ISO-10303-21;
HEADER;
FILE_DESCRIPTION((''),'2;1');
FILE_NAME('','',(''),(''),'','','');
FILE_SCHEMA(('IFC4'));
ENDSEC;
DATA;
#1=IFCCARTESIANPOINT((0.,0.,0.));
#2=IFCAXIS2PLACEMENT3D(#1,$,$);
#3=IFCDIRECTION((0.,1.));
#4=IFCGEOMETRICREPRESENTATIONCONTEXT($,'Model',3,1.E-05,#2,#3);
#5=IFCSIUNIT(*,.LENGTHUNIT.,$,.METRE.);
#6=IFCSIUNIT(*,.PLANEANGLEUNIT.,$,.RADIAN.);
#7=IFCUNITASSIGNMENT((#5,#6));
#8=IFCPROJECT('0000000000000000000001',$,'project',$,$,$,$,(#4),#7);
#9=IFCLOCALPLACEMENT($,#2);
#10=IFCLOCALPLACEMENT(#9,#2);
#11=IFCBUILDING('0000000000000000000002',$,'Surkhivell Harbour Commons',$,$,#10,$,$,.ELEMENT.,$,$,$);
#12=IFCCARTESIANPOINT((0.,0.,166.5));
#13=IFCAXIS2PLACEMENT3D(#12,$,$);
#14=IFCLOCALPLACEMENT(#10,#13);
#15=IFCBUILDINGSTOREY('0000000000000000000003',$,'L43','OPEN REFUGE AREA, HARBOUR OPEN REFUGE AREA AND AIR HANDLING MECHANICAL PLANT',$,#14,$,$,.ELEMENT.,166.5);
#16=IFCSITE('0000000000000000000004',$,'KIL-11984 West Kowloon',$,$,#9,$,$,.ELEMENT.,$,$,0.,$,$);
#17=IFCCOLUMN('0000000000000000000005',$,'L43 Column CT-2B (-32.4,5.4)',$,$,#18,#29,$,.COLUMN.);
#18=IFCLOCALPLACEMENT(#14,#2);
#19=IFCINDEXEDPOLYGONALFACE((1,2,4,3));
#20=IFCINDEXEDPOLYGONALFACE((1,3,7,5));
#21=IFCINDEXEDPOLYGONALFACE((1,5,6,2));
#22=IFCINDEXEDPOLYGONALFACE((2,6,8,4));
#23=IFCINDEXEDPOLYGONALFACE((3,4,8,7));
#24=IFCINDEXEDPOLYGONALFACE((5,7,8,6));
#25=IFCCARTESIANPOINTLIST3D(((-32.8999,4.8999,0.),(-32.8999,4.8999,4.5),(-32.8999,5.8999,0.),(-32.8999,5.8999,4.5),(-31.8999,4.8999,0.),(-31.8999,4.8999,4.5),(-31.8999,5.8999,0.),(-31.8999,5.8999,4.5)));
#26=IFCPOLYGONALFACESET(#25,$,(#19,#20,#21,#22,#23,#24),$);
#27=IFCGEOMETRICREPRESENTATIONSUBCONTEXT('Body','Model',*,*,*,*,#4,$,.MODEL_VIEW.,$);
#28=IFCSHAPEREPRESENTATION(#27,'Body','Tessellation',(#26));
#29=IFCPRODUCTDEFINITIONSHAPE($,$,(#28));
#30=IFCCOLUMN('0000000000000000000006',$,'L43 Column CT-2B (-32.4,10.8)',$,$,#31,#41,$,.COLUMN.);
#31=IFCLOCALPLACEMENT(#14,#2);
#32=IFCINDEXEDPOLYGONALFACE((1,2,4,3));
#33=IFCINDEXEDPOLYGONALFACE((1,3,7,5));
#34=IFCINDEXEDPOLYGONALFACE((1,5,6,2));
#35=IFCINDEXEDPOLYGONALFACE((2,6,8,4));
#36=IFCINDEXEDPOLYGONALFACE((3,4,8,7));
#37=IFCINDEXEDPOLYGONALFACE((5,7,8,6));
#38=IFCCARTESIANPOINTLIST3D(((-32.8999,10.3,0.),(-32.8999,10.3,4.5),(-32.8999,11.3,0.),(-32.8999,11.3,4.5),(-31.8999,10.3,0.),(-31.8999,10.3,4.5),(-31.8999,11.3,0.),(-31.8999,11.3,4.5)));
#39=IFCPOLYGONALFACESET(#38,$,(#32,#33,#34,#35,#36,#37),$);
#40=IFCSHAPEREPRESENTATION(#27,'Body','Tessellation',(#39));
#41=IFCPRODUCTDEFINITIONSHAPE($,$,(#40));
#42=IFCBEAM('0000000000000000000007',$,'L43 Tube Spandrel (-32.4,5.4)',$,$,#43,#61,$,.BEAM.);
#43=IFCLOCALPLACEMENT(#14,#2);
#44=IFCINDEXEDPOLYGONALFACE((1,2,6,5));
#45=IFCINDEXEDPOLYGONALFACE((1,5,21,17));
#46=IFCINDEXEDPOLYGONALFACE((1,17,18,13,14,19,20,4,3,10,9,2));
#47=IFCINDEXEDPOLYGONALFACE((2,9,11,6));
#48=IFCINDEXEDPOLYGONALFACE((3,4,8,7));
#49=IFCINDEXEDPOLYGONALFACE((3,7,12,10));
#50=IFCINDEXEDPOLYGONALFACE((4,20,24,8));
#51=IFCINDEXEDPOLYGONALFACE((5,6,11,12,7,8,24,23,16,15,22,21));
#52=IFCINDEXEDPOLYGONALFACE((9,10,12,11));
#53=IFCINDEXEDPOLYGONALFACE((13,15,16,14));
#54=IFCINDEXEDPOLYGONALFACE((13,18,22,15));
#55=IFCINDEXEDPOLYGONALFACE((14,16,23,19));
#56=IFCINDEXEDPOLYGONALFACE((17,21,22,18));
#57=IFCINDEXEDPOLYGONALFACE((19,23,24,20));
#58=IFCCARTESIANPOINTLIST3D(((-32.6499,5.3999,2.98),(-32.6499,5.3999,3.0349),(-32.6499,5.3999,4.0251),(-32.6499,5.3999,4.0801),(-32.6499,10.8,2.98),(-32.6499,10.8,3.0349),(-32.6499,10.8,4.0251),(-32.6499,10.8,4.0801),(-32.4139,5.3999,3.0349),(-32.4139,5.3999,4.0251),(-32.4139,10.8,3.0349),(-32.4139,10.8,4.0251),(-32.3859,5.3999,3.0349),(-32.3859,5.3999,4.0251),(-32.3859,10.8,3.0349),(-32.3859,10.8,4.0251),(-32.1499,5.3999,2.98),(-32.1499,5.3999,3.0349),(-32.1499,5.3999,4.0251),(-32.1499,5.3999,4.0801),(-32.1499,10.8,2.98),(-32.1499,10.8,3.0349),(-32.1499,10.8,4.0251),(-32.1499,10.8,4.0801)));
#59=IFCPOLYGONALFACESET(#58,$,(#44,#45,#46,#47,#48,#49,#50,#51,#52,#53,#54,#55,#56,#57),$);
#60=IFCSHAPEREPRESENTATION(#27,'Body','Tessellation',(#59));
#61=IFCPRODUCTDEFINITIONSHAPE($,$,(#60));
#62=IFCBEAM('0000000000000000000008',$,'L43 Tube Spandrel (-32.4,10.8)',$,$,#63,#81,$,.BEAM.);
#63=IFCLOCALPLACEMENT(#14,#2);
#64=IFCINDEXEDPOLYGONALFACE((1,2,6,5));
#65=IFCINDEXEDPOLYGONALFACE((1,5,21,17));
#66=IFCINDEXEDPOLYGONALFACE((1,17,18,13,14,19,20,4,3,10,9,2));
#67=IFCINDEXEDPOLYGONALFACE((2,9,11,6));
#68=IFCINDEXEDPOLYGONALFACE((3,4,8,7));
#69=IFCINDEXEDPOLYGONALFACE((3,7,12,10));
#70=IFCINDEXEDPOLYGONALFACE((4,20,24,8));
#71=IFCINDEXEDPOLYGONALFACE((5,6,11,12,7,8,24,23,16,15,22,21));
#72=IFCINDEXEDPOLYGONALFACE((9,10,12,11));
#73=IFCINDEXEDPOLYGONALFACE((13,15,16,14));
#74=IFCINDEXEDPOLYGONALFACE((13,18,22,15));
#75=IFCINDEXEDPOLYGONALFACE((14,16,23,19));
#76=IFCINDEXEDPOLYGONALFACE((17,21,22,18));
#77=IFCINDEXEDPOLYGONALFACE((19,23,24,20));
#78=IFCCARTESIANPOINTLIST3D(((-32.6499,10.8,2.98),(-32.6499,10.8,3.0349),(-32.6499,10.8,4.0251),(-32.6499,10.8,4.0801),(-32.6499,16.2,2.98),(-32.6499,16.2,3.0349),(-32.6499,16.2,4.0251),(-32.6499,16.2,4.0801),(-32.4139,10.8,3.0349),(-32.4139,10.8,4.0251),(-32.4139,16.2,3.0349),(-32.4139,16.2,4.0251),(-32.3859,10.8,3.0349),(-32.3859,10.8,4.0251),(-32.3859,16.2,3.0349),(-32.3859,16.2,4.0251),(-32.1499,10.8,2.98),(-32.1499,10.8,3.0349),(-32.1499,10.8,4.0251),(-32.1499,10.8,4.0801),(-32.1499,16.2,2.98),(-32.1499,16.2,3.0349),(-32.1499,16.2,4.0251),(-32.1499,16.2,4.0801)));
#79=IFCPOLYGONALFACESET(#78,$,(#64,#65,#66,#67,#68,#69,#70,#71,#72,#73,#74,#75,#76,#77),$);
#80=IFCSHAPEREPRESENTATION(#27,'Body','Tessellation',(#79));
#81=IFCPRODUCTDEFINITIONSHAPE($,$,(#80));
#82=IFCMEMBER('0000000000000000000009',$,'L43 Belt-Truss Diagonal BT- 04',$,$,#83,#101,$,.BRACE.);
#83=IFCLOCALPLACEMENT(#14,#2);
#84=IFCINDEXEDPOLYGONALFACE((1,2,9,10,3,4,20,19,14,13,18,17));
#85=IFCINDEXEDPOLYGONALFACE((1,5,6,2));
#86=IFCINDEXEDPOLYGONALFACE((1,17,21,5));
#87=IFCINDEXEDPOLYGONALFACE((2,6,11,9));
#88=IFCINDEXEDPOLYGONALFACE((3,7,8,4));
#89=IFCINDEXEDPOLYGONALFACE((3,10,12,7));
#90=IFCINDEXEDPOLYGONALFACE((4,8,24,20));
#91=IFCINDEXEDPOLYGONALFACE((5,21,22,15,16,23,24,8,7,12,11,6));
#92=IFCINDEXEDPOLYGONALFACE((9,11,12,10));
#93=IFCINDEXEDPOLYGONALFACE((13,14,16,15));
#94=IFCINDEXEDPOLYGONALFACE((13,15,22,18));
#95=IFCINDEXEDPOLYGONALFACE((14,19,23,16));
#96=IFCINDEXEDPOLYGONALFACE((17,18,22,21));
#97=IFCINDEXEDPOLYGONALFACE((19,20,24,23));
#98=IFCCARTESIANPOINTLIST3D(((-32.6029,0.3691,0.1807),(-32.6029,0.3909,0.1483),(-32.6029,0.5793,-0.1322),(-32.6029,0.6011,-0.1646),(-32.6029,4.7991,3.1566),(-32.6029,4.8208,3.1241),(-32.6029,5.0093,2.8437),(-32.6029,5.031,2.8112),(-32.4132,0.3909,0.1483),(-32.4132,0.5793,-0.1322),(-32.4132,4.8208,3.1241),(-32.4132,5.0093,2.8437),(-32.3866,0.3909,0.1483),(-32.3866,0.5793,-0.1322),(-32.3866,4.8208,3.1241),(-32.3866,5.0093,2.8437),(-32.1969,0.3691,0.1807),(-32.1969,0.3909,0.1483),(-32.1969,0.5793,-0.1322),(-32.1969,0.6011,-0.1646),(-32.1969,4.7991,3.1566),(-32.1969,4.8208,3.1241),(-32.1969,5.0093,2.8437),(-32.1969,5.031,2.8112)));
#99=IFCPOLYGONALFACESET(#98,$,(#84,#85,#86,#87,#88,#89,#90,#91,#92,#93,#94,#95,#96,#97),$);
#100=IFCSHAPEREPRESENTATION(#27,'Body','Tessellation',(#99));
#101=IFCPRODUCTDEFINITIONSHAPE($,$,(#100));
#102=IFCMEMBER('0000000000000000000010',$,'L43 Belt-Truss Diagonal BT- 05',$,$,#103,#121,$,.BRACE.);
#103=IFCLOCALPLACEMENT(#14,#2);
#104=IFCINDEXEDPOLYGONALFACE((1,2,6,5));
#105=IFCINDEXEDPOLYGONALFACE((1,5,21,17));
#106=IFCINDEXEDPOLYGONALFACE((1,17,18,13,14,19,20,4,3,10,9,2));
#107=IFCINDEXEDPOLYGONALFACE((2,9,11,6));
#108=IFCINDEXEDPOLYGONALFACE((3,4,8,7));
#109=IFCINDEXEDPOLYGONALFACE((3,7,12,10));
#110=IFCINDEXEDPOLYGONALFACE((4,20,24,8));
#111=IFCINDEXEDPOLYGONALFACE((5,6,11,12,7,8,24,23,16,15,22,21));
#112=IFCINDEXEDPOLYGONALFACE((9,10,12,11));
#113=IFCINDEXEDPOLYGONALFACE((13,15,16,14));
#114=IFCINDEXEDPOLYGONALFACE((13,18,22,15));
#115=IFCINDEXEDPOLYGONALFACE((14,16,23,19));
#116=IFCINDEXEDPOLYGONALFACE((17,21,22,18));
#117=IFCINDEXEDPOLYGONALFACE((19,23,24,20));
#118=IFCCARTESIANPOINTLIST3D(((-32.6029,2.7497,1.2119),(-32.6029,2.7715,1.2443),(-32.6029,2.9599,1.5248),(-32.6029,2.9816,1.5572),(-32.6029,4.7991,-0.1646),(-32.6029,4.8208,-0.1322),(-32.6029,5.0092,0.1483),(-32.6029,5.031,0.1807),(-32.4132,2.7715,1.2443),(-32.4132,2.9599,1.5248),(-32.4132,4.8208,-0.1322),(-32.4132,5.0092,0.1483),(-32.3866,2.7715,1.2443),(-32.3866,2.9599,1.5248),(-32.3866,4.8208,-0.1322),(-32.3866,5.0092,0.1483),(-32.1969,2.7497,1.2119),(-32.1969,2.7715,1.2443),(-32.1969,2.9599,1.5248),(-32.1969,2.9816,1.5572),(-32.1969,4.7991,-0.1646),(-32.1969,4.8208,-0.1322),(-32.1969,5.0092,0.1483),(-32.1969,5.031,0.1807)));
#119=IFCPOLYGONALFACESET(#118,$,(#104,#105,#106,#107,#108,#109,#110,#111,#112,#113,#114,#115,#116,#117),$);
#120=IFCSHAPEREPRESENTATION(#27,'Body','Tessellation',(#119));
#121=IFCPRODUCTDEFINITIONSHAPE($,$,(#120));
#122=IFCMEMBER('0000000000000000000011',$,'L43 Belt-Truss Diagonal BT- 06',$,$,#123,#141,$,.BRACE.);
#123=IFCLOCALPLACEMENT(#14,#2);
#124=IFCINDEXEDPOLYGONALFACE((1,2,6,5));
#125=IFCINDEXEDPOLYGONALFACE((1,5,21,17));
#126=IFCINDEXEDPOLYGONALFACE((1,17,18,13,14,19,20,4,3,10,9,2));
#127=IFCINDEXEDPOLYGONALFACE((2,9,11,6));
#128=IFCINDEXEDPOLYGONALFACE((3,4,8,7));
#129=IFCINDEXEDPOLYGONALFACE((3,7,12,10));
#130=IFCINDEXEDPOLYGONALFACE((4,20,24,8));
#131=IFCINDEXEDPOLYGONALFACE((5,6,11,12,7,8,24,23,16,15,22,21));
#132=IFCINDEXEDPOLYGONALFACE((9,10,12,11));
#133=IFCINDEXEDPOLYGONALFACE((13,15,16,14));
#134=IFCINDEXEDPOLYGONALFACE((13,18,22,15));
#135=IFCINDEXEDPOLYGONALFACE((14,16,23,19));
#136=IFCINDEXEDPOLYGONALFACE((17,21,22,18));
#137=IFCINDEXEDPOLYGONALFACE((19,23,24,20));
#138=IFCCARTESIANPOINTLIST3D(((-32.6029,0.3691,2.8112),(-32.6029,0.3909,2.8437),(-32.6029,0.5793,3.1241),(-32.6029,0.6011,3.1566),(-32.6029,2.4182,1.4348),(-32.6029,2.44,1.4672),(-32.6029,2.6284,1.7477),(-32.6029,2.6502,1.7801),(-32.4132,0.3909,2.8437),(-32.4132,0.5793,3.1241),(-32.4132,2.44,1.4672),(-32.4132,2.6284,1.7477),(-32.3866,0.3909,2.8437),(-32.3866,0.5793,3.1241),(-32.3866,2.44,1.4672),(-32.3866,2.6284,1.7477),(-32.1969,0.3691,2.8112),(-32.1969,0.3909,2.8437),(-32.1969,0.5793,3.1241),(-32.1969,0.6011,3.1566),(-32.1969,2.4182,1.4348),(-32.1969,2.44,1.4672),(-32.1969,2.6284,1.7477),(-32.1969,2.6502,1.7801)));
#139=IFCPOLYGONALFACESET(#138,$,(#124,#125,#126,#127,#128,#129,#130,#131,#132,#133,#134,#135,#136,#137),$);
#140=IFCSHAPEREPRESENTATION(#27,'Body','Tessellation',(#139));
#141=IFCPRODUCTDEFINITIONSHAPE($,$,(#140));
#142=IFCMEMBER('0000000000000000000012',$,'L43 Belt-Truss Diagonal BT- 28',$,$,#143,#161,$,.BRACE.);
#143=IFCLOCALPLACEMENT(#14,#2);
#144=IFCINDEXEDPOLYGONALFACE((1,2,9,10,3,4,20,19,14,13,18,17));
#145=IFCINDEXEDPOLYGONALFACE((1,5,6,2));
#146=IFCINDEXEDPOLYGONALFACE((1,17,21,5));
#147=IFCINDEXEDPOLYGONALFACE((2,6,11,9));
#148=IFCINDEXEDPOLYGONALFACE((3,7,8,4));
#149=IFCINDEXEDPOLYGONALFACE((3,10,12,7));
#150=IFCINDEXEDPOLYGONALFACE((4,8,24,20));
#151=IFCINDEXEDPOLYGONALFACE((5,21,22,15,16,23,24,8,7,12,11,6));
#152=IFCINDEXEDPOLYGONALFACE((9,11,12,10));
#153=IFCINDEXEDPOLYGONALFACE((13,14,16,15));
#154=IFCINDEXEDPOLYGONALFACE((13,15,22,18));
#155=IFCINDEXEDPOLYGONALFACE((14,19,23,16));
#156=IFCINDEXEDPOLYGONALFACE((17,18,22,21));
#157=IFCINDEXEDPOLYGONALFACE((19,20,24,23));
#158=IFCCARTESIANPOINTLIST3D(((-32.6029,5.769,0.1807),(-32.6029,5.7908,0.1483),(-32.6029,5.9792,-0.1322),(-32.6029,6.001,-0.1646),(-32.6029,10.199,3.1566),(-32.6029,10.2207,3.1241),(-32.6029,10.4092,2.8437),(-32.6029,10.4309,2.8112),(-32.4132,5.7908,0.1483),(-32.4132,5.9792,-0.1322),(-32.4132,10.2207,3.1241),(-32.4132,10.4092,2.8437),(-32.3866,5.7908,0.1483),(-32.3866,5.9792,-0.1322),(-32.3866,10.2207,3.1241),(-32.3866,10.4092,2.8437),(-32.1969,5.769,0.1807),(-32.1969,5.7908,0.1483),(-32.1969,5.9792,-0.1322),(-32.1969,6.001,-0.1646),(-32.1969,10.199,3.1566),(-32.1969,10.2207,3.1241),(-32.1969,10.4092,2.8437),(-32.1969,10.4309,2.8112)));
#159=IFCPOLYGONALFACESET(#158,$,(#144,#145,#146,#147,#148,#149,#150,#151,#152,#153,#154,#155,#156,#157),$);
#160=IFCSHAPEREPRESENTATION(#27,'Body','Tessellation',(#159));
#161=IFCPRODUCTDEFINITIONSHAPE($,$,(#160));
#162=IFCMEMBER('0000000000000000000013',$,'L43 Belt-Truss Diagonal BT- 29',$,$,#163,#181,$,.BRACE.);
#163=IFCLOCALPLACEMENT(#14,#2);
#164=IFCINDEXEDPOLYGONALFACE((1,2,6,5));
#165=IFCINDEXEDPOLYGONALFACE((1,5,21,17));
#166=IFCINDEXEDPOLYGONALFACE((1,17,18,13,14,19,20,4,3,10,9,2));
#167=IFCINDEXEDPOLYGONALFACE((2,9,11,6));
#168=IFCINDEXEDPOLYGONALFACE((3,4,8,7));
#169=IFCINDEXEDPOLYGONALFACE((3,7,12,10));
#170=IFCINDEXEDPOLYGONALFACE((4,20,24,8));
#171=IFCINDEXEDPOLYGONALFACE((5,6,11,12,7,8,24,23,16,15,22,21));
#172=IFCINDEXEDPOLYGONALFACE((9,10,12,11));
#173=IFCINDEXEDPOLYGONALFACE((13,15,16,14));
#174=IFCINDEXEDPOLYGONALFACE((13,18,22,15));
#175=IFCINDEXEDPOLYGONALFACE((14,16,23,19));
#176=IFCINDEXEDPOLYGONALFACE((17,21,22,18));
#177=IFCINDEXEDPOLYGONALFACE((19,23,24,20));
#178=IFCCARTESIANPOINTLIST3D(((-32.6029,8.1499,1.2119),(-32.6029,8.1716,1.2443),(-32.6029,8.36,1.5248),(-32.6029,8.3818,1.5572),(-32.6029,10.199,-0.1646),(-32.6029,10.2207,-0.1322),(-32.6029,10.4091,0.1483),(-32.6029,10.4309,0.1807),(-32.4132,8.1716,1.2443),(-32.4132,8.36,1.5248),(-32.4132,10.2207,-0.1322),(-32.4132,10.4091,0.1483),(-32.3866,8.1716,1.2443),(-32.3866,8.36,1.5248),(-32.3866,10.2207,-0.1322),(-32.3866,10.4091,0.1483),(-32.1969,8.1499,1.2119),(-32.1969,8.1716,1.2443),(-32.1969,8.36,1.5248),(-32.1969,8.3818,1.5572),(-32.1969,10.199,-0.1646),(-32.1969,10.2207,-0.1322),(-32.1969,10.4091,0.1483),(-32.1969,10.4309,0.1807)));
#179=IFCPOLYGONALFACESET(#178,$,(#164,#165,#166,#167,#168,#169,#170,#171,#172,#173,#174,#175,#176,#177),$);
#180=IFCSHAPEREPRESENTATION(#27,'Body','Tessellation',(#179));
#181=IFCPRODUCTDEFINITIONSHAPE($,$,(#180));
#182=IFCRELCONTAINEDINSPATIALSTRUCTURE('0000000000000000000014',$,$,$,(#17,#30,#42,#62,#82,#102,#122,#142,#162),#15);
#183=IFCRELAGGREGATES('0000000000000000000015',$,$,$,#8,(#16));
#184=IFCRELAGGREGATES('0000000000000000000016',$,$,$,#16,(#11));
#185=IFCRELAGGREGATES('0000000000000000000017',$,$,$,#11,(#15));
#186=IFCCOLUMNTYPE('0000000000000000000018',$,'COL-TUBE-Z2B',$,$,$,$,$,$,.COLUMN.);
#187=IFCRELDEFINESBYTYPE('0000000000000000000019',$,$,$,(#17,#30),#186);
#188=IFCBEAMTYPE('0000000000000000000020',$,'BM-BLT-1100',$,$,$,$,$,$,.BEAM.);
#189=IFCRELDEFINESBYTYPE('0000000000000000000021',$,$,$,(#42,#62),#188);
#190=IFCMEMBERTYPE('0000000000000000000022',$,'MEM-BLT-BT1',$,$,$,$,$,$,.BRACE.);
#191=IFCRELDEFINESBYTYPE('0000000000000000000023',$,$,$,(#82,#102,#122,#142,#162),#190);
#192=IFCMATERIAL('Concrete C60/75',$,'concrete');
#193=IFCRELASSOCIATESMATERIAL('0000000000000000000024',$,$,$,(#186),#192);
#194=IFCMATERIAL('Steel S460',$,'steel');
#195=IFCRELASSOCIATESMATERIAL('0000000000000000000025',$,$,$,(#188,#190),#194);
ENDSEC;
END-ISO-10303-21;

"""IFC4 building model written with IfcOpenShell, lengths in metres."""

from ifc_helpers import new_model, si_unit, direction, frame, origin, origin_2d, place, context, subcontext, project, spatial, rectangle, i_section, extrude, material, material_profile, profile_set, type_object, element, save


model = new_model("IFC4")

# Units and contexts
model_context = context("Model", 3, precision=1e-05, world=origin(), true_north=direction((0.0, 1.0)))
body_context = subcontext(model_context, "Body", "Model", "MODEL_VIEW")
ifc_project = project(units=[si_unit("LENGTHUNIT", "METRE"), si_unit("PLANEANGLEUNIT", "RADIAN")], contexts=[model_context])

# Site, building, storey
site_placement = place(None, origin())
site = spatial("IfcSite", under=ifc_project, at=site_placement, Name="KIL-11984 West Kowloon", CompositionType="ELEMENT", RefElevation=0.0)
building_placement = place(site_placement, origin())
building = spatial("IfcBuilding", under=site, at=building_placement, Name="Surkhivell Harbour Commons", CompositionType="ELEMENT")
storey_placement = place(building_placement, frame((0.0, 0.0, 166.5)))
storey = spatial("IfcBuildingStorey", under=building, at=storey_placement, Name="L43", Description="OPEN REFUGE AREA, HARBOUR OPEN REFUGE AREA AND AIR HANDLING MECHANICAL PLANT", CompositionType="ELEMENT", Elevation=166.5)

# Columns
ifc_material_1 = material(Name="Concrete C60/75", Category="concrete")
ifc_material_profile_1 = material_profile(ifc_material_1, rectangle(XDim=1.0, YDim=1.0, at=origin_2d()), Name="RC-COL-1000x1000")
ifc_profile_set_1 = profile_set([ifc_material_profile_1], Name="Concrete C60/75")
column_type = type_object("IfcColumnType", Name="COL-TUBE-Z2B", PredefinedType="COLUMN", material=ifc_profile_set_1)
for number, where, z_axis, x_axis, name in (
    (1, (-32.3999, 5.3999, 0.0), (0.0, 0.0, 1.0), (1.0, 0.0, 0.0), "L43 Column CT-2B (-32.4,5.4)"),
    (2, (-32.3999, 10.8, 0.0), (0.0, 0.0, 1.0), (1.0, 0.0, 0.0), "L43 Column CT-2B (-32.4,10.8)"),
):
    element("IfcColumn", number, at=place(storey_placement, frame(where, z_axis=z_axis, x_axis=x_axis)), inside=storey, type_object=column_type, Name=name, PredefinedType="COLUMN", context=body_context, shape_type="SweptSolid", body=[
        extrude(rectangle(XDim=1.0, YDim=1.0, at=origin_2d()), origin(), (0.0, 0.0, 1.0), 4.5),
    ])

# Beams
ifc_material_2 = material(Name="Steel S460", Category="steel")
ifc_material_profile_2 = material_profile(ifc_material_2, i_section(OverallWidth=0.5, OverallDepth=1.1001, WebThickness=0.0281, FlangeThickness=0.0549, at=origin_2d()), Name="WPG1100x500x210")
ifc_profile_set_2 = profile_set([ifc_material_profile_2], Name="Steel S460")
beam_type = type_object("IfcBeamType", Name="BM-BLT-1100", PredefinedType="BEAM", material=ifc_profile_set_2)
beam_1_placement = place(storey_placement, frame((-32.3999, 5.3999, 3.53), z_axis=(0.0, 1.0, 0.0), x_axis=(-1.0, 0.0, 0.0)))
element("IfcBeam", 3, at=beam_1_placement, inside=storey, type_object=beam_type, Name="L43 Tube Spandrel (-32.4,5.4)", PredefinedType="BEAM", context=body_context, shape_type="SweptSolid", body=[
    extrude(i_section(OverallWidth=0.5, OverallDepth=1.1001, WebThickness=0.0281, FlangeThickness=0.0549, at=origin_2d()), origin(), (0.0, 0.0, 1.0), 5.4001),
])
beam_2_placement = place(storey_placement, frame((-32.3999, 10.8, 3.53), z_axis=(0.0, 1.0, 0.0), x_axis=(-1.0, 0.0, 0.0)))
element("IfcBeam", 4, at=beam_2_placement, inside=storey, type_object=beam_type, Name="L43 Tube Spandrel (-32.4,10.8)", PredefinedType="BEAM", context=body_context, shape_type="SweptSolid", body=[
    extrude(i_section(OverallWidth=0.5, OverallDepth=1.1001, WebThickness=0.0281, FlangeThickness=0.0549, at=origin_2d()), origin(), (0.0, 0.0, 1.0), 5.3999),
])

# Members
ifc_material_profile_3 = material_profile(ifc_material_2, i_section(OverallWidth=0.406, OverallDepth=0.416, WebThickness=0.0266, FlangeThickness=0.0391, at=origin_2d()), Name="HD400x382")
ifc_profile_set_3 = profile_set([ifc_material_profile_3], Name="Steel S460")
member_type = type_object("IfcMemberType", Name="MEM-BLT-BT1", PredefinedType="BRACE", material=ifc_profile_set_3)
member_1_placement = place(storey_placement, frame((-32.3999, 0.4851, 0.0081), z_axis=(0.0, 0.830096, 0.557621), x_axis=(-1.0, 0.0, 0.0)))
element("IfcMember", 5, at=member_1_placement, inside=storey, type_object=member_type, Name="L43 Belt-Truss Diagonal BT- 04", PredefinedType="BRACE", context=body_context, shape_type="SweptSolid", body=[
    extrude(i_section(OverallWidth=0.406, OverallDepth=0.416, WebThickness=0.0266, FlangeThickness=0.0391, at=origin_2d()), origin(), (0.0, 0.0, 1.0), 5.3367),
])
member_2_placement = place(storey_placement, frame((-32.3999, 4.915, 0.0081), z_axis=(0.0, -0.830128, 0.557572), x_axis=(1.0, 0.0, 0.0)))
element("IfcMember", 6, at=member_2_placement, inside=storey, type_object=member_type, Name="L43 Belt-Truss Diagonal BT- 05", PredefinedType="BRACE", context=body_context, shape_type="SweptSolid", body=[
    extrude(i_section(OverallWidth=0.406, OverallDepth=0.416, WebThickness=0.0266, FlangeThickness=0.0391, at=origin_2d()), origin(), (0.0, 0.0, 1.0), 2.4688),
])
member_3_placement = place(storey_placement, frame((-32.3999, 2.5342, 1.6074), z_axis=(0.0, -0.830098, 0.557618), x_axis=(1.0, 0.0, 0.0)))
element("IfcMember", 7, at=member_3_placement, inside=storey, type_object=member_type, Name="L43 Belt-Truss Diagonal BT- 06", PredefinedType="BRACE", context=body_context, shape_type="SweptSolid", body=[
    extrude(i_section(OverallWidth=0.406, OverallDepth=0.416, WebThickness=0.0266, FlangeThickness=0.0391, at=origin_2d()), origin(), (0.0, 0.0, 1.0), 2.4685),
])
member_4_placement = place(storey_placement, frame((-32.3999, 5.885, 0.0081), z_axis=(0.0, 0.830096, 0.557621), x_axis=(-1.0, 0.0, 0.0)))
element("IfcMember", 8, at=member_4_placement, inside=storey, type_object=member_type, Name="L43 Belt-Truss Diagonal BT- 28", PredefinedType="BRACE", context=body_context, shape_type="SweptSolid", body=[
    extrude(i_section(OverallWidth=0.406, OverallDepth=0.416, WebThickness=0.0266, FlangeThickness=0.0391, at=origin_2d()), origin(), (0.0, 0.0, 1.0), 5.3367),
])
for number, where, z_axis, x_axis, name in (
    (9, (-32.3999, 10.3149, 0.0081), (0.0, -0.830098, 0.557618), (1.0, 0.0, 0.0), "L43 Belt-Truss Diagonal BT- 29"),
):
    element("IfcMember", number, at=place(storey_placement, frame(where, z_axis=z_axis, x_axis=x_axis)), inside=storey, type_object=member_type, Name=name, PredefinedType="BRACE", context=body_context, shape_type="SweptSolid", body=[
        extrude(i_section(OverallWidth=0.406, OverallDepth=0.416, WebThickness=0.0266, FlangeThickness=0.0391, at=origin_2d()), origin(), (0.0, 0.0, 1.0), 2.4685),
    ])

save(model, "model.ifc")
